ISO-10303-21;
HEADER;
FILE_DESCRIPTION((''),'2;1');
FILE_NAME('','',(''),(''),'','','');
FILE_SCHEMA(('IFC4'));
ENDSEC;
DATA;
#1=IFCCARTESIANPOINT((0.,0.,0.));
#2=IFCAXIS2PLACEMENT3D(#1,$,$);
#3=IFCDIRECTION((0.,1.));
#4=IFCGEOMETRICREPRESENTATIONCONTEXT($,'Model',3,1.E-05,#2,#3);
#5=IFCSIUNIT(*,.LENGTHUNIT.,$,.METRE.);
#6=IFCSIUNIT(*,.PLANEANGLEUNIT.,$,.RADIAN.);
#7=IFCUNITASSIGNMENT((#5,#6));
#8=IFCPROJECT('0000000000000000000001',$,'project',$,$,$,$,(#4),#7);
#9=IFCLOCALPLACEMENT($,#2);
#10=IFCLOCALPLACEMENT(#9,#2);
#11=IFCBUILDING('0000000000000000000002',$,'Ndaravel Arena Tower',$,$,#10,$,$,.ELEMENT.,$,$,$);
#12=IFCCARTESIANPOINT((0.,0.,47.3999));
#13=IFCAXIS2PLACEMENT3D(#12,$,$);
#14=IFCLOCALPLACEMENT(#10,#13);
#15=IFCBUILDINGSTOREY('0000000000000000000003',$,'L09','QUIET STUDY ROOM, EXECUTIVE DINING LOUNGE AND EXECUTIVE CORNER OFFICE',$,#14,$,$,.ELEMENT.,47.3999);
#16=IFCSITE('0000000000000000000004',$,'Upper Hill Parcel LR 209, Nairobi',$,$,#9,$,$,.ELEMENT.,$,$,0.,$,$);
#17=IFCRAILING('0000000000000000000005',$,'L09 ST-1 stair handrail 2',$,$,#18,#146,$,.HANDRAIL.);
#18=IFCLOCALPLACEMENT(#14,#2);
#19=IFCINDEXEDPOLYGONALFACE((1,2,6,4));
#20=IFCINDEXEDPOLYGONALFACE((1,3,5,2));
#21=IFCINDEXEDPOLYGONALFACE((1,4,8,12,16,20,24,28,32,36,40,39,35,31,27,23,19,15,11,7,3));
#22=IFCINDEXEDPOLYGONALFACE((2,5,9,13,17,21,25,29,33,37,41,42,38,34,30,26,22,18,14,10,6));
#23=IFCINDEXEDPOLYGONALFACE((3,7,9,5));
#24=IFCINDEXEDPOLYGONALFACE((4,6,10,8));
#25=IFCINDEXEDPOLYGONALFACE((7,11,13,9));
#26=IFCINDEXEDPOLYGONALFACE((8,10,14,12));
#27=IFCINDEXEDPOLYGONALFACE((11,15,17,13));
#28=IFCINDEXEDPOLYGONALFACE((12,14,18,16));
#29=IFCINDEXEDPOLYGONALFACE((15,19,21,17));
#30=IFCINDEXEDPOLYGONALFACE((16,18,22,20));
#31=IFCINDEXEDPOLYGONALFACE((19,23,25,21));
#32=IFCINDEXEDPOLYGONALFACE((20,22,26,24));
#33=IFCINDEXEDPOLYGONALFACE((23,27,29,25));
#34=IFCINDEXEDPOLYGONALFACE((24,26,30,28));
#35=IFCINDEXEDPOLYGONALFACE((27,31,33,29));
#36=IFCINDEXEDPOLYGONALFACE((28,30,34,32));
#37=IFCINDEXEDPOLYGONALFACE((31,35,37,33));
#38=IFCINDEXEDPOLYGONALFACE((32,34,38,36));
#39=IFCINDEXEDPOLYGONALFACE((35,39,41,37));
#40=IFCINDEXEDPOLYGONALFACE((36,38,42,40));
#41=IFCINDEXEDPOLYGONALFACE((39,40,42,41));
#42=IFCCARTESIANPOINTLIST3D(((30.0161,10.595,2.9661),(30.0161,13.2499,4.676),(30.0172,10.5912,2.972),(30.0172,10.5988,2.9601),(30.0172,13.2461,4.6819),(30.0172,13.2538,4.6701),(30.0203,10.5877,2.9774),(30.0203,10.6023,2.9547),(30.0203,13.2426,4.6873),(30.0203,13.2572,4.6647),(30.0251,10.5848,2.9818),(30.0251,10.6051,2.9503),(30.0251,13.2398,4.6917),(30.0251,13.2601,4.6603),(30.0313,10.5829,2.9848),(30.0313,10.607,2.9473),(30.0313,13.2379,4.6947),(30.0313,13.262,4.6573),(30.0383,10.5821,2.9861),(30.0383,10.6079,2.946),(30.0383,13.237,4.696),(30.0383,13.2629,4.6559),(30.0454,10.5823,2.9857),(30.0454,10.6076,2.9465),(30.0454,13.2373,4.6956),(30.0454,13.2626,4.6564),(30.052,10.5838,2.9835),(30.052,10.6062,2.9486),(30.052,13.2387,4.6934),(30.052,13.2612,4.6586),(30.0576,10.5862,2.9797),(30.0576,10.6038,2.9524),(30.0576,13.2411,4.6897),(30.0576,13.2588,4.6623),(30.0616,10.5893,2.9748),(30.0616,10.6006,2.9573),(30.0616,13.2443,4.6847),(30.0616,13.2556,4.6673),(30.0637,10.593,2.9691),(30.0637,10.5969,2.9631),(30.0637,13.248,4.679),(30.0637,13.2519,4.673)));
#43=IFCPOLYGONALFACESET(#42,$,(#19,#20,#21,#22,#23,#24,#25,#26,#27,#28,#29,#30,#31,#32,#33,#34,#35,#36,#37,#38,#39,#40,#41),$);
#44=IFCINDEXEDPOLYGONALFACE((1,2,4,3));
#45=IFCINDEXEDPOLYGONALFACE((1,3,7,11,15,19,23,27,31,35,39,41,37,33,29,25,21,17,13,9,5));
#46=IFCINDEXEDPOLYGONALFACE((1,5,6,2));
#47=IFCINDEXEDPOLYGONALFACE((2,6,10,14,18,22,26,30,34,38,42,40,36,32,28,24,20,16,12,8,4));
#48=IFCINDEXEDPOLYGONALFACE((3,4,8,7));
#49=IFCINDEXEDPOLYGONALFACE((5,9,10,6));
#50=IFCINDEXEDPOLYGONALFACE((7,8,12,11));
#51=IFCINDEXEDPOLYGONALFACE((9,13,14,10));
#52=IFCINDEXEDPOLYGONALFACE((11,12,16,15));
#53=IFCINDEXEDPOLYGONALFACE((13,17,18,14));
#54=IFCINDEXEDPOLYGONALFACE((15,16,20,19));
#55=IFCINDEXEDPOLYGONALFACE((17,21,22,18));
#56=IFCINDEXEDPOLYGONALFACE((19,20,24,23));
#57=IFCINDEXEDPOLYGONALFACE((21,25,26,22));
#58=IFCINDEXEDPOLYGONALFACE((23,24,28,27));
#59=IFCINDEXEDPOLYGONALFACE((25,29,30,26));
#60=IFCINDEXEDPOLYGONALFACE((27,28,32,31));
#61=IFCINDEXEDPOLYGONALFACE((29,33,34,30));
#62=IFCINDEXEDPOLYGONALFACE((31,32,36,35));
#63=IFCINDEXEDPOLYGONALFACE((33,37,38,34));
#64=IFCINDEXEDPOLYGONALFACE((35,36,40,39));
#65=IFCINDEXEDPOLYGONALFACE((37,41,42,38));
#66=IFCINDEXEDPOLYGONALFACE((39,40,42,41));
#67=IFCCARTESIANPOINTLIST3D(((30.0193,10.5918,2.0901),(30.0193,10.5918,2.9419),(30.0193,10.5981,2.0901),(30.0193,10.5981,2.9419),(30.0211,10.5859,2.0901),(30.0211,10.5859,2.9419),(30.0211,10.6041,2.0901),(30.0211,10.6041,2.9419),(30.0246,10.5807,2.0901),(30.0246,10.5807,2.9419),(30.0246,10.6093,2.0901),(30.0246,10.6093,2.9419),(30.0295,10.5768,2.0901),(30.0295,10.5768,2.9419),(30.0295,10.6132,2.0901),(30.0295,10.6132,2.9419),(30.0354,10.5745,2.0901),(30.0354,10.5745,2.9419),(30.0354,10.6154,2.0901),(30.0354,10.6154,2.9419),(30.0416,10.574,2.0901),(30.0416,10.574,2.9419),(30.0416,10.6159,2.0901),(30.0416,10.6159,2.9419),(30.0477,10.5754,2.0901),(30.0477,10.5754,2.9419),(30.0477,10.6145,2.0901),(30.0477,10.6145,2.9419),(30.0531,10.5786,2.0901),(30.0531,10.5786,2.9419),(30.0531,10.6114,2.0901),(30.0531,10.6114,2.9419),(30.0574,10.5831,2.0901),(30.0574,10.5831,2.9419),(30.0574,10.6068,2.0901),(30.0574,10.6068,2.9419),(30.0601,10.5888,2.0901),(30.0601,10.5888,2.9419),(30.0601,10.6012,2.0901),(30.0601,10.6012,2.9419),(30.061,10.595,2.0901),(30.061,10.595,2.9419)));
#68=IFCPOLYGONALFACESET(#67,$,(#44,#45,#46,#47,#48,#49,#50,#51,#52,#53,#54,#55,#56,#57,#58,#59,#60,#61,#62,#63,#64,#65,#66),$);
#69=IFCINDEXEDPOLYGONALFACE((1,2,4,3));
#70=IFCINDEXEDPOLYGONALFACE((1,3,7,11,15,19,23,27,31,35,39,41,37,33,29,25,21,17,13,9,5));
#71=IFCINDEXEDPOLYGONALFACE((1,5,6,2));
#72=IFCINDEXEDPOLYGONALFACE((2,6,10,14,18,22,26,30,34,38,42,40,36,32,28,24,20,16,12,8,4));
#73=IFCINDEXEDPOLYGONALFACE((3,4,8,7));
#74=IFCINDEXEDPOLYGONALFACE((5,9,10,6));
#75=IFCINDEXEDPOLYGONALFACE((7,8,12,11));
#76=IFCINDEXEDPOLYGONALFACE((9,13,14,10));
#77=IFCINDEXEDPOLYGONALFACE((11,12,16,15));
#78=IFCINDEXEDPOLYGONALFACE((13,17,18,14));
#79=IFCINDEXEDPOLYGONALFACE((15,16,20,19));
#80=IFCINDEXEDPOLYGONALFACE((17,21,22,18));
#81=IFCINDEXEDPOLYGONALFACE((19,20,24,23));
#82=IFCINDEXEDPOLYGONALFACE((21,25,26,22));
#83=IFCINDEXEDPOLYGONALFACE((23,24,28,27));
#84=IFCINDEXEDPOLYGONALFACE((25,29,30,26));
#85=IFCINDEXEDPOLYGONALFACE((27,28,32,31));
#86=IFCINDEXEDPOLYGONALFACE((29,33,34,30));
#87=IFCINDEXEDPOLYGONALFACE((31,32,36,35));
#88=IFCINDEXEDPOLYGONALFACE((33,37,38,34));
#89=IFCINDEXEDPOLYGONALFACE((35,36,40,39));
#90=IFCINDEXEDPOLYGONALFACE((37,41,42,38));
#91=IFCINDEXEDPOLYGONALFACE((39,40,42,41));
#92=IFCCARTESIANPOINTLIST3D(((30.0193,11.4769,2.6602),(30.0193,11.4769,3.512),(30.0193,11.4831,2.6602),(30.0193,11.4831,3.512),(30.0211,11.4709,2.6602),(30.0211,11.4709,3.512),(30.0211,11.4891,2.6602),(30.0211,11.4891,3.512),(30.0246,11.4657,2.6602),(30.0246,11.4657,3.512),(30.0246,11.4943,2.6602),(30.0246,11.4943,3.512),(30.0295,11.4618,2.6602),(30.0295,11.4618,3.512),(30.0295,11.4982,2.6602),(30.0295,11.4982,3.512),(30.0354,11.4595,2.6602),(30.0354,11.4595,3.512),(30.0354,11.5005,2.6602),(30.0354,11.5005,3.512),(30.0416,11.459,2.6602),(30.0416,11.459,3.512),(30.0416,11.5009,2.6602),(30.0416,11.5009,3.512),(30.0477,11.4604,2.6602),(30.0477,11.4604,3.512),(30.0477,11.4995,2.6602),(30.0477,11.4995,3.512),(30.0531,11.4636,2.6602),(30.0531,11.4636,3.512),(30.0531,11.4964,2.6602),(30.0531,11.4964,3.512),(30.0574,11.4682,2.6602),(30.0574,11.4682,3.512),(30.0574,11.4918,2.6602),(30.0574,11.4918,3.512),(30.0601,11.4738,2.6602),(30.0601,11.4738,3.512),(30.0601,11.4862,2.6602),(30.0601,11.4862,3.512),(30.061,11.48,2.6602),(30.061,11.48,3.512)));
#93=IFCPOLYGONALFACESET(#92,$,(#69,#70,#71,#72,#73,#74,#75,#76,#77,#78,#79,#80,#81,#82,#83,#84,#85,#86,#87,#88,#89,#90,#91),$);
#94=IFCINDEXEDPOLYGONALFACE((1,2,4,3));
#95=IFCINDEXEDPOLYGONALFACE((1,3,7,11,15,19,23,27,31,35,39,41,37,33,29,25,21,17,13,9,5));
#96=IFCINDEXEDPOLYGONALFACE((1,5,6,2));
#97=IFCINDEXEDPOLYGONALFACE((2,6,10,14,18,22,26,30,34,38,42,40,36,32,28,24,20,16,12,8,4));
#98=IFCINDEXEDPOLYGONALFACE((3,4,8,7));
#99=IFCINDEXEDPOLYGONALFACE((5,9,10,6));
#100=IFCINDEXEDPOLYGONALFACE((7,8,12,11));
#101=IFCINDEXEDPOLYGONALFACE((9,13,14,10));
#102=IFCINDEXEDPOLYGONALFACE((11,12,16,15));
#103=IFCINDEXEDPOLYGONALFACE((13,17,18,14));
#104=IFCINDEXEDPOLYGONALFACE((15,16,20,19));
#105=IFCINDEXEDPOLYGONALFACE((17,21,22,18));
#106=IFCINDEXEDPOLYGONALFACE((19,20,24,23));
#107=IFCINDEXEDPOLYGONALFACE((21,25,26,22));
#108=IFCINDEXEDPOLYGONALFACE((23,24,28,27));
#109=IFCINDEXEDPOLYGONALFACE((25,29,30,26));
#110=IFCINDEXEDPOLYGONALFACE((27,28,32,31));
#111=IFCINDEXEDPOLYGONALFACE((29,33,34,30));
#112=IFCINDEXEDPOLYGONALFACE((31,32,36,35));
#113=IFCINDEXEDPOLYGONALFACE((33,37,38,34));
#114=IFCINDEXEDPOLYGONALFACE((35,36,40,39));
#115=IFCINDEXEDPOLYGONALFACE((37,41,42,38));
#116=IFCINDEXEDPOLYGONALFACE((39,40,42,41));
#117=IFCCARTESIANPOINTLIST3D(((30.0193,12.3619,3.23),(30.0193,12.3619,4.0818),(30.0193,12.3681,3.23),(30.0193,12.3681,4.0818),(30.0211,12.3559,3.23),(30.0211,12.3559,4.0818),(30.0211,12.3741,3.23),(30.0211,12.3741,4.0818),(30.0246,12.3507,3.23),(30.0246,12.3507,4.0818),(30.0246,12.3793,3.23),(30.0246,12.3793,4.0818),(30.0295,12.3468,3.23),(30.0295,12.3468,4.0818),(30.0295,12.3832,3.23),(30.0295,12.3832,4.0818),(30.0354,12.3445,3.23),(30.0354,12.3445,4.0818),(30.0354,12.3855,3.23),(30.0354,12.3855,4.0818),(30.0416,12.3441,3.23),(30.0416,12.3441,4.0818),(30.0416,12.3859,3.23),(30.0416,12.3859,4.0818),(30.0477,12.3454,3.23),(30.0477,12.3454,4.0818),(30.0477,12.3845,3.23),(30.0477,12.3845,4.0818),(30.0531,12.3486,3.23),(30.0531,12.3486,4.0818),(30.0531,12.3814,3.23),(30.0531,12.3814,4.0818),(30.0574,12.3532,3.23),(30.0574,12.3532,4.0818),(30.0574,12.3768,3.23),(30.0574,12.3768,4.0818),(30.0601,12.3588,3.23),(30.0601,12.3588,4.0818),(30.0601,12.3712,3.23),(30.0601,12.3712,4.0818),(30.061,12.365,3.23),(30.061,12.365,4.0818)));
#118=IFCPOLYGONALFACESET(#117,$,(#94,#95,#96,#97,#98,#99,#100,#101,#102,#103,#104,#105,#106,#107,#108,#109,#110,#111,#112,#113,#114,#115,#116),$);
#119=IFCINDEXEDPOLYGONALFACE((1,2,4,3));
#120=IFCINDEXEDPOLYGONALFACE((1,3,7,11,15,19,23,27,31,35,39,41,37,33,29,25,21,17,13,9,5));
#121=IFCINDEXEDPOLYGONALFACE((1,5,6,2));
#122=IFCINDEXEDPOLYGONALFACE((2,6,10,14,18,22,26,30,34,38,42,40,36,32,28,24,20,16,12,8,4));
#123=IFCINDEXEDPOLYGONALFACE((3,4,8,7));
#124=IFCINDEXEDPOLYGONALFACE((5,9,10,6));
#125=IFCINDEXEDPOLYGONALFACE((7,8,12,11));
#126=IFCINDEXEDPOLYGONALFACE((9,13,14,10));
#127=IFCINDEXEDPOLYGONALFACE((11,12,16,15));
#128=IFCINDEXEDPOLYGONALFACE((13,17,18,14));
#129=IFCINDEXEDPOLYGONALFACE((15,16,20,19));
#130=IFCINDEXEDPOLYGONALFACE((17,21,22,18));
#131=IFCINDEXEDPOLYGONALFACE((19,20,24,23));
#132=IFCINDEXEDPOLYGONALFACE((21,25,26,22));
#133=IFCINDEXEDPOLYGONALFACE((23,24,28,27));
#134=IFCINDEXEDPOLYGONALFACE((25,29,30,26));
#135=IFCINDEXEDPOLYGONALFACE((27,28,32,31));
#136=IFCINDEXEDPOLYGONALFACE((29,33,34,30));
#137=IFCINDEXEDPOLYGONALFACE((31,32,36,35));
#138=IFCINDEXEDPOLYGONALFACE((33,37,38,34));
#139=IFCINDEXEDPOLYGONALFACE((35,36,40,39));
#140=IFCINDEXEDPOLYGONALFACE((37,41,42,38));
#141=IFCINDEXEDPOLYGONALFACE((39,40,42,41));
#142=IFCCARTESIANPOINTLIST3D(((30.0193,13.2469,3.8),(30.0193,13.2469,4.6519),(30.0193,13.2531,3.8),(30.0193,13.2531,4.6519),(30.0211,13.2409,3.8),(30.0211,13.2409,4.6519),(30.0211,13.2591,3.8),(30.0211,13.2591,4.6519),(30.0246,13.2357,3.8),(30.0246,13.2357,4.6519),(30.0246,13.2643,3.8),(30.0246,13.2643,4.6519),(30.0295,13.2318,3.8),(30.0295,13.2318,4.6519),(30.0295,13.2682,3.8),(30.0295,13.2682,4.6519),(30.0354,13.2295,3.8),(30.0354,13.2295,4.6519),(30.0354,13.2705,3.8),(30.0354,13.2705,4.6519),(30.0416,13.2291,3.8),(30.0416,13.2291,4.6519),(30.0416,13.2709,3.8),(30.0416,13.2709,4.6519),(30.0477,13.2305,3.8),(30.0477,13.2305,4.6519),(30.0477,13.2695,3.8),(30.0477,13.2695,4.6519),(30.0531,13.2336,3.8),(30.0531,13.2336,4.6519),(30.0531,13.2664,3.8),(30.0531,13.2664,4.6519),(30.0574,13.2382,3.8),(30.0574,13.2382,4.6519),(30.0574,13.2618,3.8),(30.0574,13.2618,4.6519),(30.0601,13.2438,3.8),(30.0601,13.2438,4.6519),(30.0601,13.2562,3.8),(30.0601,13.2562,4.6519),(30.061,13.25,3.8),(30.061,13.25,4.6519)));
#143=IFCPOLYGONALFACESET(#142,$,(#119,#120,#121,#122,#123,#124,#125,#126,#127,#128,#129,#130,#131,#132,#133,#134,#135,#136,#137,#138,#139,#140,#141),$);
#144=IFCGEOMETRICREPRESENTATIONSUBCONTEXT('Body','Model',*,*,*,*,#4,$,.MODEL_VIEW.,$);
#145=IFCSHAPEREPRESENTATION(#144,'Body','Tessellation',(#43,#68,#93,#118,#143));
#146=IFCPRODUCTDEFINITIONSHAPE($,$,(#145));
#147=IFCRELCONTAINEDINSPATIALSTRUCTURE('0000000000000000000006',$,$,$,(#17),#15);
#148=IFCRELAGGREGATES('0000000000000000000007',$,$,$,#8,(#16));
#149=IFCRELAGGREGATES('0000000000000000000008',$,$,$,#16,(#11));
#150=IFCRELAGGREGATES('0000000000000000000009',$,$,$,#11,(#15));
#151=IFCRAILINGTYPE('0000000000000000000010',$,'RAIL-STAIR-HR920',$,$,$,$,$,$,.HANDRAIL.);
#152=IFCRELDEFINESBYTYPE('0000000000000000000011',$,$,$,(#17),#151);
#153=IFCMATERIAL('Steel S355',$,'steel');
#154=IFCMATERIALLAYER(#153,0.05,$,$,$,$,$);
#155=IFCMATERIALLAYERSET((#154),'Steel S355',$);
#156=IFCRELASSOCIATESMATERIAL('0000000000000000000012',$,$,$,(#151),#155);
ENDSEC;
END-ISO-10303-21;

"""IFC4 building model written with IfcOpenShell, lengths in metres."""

from ifc_helpers import new_model, si_unit, direction, frame, origin, origin_2d, place, context, subcontext, project, spatial, circle, extrude, material, layer, layer_set, type_object, element, save


model = new_model("IFC4")

# Units and contexts
model_context = context("Model", 3, precision=1e-05, world=origin(), true_north=direction((0.0, 1.0)))
body_context = subcontext(model_context, "Body", "Model", "MODEL_VIEW")
ifc_project = project(units=[si_unit("LENGTHUNIT", "METRE"), si_unit("PLANEANGLEUNIT", "RADIAN")], contexts=[model_context])

# Site, building, storey
site_placement = place(None, origin())
site = spatial("IfcSite", under=ifc_project, at=site_placement, Name="Upper Hill Parcel LR 209, Nairobi", CompositionType="ELEMENT", RefElevation=0.0)
building_placement = place(site_placement, origin())
building = spatial("IfcBuilding", under=site, at=building_placement, Name="Ndaravel Arena Tower", CompositionType="ELEMENT")
storey_placement = place(building_placement, frame((0.0, 0.0, 47.3999)))
storey = spatial("IfcBuildingStorey", under=building, at=storey_placement, Name="L09", Description="QUIET STUDY ROOM, EXECUTIVE DINING LOUNGE AND EXECUTIVE CORNER OFFICE", CompositionType="ELEMENT", Elevation=47.3999)

# Railing
ifc_material_1 = material(Name="Steel S355", Category="steel")
ifc_layer_1 = layer(ifc_material_1, 0.05)
ifc_layer_set_1 = layer_set([ifc_layer_1], Name="Steel S355")
railing_type_1 = type_object("IfcRailingType", Name="RAIL-STAIR-HR920", PredefinedType="HANDRAIL", material=ifc_layer_set_1)
railing_1_placement = place(storey_placement, frame((30.04, 10.595, 2.0901)))
element("IfcRailing", 1, at=railing_1_placement, inside=storey, type_object=railing_type_1, Name="L09 ST-1 stair handrail 2", PredefinedType="HANDRAIL", context=body_context, shape_type="SweptSolid", body=[
    extrude(circle(Radius=0.0239, at=origin_2d()), frame((0.0, 0.0, 0.876), z_axis=(0.0, 0.840724, 0.541465), x_axis=(-1.0, 0.0, 0.0)), (0.0, 0.0, 1.0), 3.158),
    extrude(circle(Radius=0.021, at=origin_2d()), origin(), (0.0, 0.0, 1.0), 0.8518),
    extrude(circle(Radius=0.021, at=origin_2d()), frame((0.0, 0.885, 0.5701)), (0.0, 0.0, 1.0), 0.8518),
    extrude(circle(Radius=0.021, at=origin_2d()), frame((0.0, 1.77, 1.1399)), (0.0, 0.0, 1.0), 0.8518),
    extrude(circle(Radius=0.021, at=origin_2d()), frame((0.0, 2.655, 1.71)), (0.0, 0.0, 1.0), 0.8518),
])

save(model, "model.ifc")
